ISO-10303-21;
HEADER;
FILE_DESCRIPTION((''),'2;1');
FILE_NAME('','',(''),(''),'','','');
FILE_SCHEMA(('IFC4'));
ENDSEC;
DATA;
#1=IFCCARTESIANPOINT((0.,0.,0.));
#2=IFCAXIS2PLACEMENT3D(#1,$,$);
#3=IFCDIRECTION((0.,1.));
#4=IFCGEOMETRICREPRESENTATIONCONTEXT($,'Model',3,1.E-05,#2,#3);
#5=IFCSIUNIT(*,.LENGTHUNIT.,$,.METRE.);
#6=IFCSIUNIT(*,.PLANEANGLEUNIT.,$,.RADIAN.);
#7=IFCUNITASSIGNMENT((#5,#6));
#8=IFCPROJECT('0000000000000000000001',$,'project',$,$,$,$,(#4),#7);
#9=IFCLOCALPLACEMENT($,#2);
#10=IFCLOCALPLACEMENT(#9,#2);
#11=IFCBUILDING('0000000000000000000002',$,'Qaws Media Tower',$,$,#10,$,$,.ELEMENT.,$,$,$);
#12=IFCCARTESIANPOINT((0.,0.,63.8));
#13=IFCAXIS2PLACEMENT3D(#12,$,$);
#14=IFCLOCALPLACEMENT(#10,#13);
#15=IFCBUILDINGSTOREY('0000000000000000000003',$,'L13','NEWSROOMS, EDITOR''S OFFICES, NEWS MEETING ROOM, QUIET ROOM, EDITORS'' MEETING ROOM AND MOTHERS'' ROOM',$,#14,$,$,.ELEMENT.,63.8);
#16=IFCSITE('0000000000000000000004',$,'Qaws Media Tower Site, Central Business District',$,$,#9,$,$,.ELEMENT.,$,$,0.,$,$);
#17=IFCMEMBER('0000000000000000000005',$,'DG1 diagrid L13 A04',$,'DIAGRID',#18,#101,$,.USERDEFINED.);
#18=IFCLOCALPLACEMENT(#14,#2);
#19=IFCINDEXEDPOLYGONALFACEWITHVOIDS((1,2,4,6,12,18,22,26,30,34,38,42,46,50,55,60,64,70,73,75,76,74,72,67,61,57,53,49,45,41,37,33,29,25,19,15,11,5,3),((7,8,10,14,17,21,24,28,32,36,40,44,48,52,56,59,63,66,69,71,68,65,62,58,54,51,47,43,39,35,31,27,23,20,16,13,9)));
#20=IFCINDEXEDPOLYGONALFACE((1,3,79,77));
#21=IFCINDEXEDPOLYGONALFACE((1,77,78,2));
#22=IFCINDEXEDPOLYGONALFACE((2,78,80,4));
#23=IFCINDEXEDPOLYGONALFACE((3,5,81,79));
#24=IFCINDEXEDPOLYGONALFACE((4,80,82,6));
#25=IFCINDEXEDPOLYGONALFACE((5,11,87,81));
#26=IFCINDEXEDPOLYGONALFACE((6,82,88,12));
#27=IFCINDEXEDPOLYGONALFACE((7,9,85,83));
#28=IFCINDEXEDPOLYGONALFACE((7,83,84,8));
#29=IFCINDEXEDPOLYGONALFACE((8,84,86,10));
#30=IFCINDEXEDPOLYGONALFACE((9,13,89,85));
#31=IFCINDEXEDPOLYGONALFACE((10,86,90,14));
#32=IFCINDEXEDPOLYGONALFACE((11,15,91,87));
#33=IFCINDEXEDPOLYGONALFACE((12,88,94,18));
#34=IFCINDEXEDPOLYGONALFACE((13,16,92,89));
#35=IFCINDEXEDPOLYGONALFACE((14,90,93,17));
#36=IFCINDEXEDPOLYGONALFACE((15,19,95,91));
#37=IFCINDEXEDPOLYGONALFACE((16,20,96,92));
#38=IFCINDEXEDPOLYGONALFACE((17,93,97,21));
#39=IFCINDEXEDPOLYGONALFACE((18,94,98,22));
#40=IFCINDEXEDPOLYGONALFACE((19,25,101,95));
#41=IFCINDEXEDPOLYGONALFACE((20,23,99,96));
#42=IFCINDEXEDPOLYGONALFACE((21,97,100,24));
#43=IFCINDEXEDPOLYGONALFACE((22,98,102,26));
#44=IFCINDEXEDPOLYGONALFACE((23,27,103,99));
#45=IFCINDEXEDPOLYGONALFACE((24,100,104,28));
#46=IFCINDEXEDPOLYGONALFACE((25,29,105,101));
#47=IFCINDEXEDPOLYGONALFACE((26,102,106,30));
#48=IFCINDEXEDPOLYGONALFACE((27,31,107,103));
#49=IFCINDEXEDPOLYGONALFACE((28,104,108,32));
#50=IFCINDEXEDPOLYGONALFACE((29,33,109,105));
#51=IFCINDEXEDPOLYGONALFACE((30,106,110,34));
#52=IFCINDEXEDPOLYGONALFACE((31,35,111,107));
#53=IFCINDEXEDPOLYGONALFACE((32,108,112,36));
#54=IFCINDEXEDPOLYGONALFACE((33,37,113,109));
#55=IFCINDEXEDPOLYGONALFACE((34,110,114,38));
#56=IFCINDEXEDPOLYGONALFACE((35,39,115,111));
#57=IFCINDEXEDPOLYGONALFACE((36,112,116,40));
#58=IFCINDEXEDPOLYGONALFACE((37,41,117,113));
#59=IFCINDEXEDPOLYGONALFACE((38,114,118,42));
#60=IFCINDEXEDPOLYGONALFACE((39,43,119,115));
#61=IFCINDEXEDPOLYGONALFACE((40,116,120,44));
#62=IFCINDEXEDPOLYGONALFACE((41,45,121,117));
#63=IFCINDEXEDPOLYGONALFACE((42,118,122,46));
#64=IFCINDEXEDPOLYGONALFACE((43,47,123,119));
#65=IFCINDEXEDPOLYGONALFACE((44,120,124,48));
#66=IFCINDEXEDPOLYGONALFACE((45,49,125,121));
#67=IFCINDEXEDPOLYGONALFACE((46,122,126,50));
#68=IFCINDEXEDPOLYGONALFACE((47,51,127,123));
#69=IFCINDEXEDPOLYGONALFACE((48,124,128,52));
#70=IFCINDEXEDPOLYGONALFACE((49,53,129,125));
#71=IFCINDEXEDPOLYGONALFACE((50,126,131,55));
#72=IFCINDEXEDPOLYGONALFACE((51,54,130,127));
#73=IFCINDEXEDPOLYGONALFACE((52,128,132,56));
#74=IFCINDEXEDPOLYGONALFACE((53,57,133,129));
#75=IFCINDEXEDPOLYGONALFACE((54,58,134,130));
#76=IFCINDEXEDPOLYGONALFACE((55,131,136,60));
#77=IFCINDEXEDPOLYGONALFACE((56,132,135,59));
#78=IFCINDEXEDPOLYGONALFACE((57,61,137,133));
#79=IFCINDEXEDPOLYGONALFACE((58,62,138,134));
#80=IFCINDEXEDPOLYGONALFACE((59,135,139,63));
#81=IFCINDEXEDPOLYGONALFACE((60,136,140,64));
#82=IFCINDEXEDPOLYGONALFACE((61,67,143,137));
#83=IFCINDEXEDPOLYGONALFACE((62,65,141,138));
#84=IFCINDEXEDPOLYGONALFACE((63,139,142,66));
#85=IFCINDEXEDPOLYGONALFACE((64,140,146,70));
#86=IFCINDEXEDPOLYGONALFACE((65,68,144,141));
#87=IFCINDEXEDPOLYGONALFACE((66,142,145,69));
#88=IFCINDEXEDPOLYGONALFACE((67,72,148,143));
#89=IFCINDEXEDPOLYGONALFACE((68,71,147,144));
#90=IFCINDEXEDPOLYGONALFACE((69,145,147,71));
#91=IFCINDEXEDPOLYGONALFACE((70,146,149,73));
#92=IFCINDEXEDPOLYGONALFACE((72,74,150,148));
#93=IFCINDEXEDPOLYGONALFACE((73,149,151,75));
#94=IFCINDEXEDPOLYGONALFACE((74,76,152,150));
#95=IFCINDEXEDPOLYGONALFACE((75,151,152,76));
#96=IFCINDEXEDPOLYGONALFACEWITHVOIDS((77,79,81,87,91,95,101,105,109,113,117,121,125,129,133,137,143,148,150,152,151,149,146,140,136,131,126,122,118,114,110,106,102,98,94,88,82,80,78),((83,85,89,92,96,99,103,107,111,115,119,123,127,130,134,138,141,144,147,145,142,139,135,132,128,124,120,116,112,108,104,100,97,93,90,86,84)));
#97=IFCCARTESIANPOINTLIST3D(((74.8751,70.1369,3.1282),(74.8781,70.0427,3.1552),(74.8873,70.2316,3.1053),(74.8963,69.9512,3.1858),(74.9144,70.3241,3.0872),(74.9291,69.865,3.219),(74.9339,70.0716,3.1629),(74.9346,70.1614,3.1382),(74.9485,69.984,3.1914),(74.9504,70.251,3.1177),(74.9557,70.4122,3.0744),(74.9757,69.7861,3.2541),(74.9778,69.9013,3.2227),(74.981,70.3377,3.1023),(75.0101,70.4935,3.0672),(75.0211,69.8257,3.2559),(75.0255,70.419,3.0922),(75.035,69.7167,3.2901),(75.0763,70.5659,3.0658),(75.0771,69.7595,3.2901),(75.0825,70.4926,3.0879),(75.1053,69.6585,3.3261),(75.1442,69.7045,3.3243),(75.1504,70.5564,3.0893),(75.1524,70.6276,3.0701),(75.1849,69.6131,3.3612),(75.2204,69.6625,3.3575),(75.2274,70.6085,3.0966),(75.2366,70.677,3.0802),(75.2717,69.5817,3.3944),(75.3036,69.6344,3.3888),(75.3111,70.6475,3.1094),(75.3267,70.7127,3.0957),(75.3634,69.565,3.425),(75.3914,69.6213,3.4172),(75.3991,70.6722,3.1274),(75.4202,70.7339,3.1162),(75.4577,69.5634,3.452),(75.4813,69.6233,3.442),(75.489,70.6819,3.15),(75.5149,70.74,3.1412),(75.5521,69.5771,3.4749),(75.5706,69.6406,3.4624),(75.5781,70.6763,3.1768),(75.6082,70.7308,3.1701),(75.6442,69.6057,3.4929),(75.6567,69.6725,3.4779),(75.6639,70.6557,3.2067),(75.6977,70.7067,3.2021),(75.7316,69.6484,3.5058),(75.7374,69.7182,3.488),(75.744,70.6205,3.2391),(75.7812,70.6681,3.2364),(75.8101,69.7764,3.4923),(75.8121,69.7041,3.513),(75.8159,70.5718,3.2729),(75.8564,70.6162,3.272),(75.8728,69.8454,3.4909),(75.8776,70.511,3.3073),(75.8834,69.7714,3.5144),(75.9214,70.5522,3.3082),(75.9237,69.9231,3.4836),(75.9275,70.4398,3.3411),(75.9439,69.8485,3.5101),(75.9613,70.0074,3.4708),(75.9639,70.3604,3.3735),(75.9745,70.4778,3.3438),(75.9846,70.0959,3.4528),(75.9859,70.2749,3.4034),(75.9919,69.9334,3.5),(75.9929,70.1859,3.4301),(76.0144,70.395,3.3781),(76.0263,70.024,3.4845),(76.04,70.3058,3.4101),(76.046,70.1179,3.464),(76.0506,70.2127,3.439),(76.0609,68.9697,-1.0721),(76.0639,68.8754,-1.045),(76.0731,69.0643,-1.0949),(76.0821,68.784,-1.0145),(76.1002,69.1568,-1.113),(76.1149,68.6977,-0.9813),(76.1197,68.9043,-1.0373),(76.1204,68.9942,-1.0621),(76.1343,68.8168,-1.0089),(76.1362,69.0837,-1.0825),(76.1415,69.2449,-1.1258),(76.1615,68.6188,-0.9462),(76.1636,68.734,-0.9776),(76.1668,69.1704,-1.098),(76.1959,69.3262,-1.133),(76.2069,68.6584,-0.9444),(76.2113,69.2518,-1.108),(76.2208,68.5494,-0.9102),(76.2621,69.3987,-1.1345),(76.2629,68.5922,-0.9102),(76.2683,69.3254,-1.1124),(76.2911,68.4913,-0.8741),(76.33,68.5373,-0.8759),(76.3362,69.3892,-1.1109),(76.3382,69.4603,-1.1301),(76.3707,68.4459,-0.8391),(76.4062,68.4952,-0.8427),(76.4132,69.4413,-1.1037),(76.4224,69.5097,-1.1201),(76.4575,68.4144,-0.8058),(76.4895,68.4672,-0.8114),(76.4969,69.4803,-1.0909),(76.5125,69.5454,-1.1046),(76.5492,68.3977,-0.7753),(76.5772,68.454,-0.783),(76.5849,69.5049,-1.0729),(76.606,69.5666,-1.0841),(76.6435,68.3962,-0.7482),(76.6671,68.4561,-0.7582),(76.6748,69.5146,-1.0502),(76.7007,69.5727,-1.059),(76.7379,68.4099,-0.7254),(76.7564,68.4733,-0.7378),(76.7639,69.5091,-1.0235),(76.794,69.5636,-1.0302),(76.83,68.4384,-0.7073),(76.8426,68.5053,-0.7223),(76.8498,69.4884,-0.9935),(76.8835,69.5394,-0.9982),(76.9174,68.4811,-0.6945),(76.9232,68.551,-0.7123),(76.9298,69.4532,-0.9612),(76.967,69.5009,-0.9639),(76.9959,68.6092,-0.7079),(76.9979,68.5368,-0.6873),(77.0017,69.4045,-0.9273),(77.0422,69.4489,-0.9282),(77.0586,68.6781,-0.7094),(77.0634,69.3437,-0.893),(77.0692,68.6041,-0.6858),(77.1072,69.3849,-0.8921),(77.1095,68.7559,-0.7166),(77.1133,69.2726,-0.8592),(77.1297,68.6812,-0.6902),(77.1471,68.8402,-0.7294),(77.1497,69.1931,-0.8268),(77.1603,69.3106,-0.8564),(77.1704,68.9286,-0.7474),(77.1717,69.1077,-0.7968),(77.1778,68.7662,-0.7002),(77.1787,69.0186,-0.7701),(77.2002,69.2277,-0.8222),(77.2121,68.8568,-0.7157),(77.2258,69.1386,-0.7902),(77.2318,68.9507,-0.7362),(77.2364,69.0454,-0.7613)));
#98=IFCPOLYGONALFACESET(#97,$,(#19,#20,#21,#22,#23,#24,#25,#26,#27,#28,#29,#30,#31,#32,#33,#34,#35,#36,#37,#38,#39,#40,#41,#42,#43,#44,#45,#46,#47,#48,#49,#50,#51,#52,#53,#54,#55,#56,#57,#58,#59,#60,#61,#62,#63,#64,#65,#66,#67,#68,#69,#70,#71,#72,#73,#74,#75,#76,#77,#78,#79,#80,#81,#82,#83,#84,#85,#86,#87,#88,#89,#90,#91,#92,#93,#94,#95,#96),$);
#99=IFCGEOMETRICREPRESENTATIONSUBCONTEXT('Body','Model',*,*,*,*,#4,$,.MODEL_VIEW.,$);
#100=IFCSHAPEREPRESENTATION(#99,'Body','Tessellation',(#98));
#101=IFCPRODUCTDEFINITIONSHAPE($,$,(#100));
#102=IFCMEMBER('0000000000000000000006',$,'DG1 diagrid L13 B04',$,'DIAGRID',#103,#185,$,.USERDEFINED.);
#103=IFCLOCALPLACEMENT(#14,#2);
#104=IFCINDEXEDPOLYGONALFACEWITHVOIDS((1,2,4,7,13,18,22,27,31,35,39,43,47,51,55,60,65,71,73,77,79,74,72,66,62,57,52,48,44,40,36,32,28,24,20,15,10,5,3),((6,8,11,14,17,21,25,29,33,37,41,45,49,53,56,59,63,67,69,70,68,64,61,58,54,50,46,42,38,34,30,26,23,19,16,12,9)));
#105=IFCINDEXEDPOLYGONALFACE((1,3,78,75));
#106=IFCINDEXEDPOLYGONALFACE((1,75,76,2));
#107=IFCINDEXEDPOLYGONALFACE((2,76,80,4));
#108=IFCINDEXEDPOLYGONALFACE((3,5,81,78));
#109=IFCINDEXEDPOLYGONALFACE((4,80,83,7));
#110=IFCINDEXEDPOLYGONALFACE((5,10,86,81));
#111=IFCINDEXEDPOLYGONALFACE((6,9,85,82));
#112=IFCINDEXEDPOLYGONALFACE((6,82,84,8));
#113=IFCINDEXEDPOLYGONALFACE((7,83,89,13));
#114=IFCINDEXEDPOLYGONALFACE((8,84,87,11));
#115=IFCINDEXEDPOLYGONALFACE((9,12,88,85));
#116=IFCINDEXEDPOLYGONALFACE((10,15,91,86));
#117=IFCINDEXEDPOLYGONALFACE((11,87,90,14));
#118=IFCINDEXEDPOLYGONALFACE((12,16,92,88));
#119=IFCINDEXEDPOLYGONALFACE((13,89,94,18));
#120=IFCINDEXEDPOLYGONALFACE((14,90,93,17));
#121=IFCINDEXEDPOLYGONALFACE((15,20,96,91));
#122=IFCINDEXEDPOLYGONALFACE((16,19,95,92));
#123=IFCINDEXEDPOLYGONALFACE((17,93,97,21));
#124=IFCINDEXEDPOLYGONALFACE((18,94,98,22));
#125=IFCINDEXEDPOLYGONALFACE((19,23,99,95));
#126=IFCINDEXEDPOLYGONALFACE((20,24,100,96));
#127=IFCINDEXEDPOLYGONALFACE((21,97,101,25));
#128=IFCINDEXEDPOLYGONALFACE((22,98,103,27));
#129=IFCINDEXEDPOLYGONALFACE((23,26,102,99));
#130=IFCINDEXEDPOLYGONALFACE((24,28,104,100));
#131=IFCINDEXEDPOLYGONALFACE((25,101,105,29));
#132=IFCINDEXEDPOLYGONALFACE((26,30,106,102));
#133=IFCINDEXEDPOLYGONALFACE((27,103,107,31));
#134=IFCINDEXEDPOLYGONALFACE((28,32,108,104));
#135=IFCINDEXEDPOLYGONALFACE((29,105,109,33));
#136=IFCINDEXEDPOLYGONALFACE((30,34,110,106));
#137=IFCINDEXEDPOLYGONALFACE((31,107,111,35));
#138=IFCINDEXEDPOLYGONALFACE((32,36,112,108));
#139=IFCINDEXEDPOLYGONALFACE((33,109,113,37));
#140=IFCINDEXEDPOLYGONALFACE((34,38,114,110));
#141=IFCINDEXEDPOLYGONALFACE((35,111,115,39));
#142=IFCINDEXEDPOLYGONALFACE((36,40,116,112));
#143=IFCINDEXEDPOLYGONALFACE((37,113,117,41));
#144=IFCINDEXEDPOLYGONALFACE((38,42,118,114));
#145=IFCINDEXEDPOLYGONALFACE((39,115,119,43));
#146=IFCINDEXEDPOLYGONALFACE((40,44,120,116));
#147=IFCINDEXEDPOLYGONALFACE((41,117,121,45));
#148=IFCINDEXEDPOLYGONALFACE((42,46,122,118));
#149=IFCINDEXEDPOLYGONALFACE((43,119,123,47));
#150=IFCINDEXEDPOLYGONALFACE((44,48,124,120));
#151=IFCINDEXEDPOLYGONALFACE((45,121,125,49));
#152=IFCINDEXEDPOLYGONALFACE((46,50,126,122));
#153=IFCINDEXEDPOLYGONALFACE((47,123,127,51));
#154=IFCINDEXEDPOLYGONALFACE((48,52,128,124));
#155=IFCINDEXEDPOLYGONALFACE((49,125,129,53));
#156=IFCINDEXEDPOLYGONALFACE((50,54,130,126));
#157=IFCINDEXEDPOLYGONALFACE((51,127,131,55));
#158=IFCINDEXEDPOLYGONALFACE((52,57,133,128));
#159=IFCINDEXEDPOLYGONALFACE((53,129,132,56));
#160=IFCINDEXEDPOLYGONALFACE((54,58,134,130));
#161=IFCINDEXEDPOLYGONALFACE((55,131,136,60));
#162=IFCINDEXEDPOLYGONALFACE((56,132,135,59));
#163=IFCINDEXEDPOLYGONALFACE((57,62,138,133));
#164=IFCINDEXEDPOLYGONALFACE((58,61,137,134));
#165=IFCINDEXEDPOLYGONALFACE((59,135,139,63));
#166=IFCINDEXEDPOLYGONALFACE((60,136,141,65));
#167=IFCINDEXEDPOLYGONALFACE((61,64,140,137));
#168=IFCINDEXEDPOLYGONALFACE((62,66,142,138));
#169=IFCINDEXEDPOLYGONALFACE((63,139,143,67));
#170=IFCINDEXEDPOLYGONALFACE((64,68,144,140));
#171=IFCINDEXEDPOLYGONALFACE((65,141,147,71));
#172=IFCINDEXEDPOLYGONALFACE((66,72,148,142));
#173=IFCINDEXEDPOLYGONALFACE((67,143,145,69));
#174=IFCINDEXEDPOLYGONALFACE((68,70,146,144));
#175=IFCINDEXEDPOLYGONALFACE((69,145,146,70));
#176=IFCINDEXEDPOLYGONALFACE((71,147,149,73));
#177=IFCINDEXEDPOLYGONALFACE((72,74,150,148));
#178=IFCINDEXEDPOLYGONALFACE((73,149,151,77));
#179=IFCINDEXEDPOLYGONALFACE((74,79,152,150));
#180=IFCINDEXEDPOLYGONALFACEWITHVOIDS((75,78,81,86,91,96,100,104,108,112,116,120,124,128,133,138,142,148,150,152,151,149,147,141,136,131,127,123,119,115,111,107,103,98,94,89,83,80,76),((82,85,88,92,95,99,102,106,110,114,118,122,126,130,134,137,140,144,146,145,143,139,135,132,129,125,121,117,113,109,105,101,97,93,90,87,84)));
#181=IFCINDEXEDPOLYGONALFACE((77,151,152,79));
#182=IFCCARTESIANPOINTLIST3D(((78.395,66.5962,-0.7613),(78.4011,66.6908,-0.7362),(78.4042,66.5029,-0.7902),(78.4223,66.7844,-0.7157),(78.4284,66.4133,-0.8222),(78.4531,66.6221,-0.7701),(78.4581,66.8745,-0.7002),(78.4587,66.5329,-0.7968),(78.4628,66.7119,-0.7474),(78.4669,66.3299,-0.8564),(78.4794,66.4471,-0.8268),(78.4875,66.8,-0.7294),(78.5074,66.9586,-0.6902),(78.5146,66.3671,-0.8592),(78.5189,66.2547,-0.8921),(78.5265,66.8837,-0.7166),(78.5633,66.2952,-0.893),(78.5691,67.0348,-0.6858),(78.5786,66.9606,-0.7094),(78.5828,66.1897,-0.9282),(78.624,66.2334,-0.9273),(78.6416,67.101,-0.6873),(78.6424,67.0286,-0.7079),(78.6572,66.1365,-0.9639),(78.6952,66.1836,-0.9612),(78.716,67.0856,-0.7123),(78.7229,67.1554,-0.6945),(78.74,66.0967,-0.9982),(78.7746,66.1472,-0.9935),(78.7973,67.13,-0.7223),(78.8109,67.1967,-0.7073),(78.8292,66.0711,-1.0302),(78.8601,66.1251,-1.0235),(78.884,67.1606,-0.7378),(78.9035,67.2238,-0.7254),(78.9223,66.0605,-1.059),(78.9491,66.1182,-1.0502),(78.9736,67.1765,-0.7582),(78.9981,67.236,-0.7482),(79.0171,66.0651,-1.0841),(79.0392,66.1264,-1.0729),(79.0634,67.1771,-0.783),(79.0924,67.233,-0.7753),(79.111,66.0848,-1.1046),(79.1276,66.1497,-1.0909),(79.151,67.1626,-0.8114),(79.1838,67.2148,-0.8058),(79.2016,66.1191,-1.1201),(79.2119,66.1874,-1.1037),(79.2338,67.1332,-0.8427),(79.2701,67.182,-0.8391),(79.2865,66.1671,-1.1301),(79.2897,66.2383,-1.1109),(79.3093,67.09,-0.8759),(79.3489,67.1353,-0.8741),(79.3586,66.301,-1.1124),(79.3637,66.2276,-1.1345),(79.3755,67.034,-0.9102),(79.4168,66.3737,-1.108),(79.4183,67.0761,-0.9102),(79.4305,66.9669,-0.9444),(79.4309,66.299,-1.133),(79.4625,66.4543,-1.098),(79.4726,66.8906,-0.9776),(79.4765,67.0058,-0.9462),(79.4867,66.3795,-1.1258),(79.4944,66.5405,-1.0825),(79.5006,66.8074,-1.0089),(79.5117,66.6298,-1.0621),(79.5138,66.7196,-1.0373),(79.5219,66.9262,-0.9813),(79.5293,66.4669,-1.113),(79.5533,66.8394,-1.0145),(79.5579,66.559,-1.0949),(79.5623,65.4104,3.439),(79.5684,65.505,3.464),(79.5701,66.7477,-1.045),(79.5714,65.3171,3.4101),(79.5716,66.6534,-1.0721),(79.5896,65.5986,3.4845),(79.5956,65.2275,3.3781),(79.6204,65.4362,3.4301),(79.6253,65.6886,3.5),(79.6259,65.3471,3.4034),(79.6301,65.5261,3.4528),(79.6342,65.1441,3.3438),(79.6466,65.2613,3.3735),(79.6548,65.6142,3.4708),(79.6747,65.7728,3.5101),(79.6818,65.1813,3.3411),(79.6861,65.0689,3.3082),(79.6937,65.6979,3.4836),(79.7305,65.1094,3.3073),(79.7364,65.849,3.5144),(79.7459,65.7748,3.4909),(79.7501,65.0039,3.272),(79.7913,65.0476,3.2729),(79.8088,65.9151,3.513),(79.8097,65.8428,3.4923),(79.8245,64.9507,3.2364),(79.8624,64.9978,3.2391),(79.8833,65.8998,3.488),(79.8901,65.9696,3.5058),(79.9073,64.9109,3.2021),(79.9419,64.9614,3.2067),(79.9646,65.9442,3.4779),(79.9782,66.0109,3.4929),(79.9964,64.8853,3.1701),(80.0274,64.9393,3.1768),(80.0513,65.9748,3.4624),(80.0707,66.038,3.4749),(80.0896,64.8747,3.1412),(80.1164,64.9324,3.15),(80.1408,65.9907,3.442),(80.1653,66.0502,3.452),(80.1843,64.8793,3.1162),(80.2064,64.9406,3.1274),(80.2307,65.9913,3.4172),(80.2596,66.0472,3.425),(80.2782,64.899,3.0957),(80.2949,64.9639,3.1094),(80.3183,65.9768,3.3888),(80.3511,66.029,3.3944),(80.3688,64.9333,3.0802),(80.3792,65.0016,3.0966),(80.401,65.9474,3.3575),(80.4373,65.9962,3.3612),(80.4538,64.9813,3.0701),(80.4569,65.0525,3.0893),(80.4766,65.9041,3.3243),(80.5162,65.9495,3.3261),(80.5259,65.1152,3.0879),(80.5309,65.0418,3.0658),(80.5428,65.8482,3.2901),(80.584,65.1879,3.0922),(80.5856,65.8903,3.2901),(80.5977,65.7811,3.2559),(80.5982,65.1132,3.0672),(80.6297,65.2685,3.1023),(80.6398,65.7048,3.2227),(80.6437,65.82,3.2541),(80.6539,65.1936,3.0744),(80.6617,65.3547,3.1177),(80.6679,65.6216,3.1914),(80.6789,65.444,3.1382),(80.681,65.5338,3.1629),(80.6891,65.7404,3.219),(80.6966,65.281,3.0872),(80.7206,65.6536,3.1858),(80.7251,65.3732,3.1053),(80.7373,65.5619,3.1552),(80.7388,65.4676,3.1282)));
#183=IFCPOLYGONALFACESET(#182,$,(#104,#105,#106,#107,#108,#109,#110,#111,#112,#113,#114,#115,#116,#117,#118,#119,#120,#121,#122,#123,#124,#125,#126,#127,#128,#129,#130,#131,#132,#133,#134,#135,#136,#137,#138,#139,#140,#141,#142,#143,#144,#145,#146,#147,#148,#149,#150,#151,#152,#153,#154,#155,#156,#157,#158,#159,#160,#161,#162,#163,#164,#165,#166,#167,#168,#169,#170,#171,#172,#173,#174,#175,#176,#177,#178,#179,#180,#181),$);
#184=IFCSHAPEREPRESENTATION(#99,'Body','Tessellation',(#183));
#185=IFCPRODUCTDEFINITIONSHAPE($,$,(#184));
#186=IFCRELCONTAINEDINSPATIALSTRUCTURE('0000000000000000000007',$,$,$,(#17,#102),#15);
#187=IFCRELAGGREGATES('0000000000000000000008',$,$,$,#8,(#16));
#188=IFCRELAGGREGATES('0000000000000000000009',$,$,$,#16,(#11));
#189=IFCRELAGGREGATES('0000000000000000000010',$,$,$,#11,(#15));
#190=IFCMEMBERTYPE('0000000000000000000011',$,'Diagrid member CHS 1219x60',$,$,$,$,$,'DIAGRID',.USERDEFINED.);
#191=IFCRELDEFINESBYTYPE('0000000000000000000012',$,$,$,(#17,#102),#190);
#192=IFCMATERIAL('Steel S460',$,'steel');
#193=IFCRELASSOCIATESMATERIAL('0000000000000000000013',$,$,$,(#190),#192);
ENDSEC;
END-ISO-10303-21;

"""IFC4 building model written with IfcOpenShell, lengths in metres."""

from ifc_helpers import new_model, si_unit, direction, frame, origin, origin_2d, place, context, subcontext, project, spatial, hollow_circle, extrude, material, material_profile, profile_set, type_object, element, save


model = new_model("IFC4")

# Units and contexts
model_context = context("Model", 3, precision=1e-05, world=origin(), true_north=direction((0.0, 1.0)))
body_context = subcontext(model_context, "Body", "Model", "MODEL_VIEW")
ifc_project = project(units=[si_unit("LENGTHUNIT", "METRE"), si_unit("PLANEANGLEUNIT", "RADIAN")], contexts=[model_context])

# Site, building, storey
site_placement = place(None, origin())
site = spatial("IfcSite", under=ifc_project, at=site_placement, Name="Qaws Media Tower Site, Central Business District", CompositionType="ELEMENT", RefElevation=0.0)
building_placement = place(site_placement, origin())
building = spatial("IfcBuilding", under=site, at=building_placement, Name="Qaws Media Tower", CompositionType="ELEMENT")
storey_placement = place(building_placement, frame((0.0, 0.0, 63.8)))
storey = spatial("IfcBuildingStorey", under=building, at=storey_placement, Name="L13", Description="NEWSROOMS, EDITOR'S OFFICES, NEWS MEETING ROOM, QUIET ROOM, EDITORS' MEETING ROOM AND MOTHERS' ROOM", CompositionType="ELEMENT", Elevation=63.8)

# Members
ifc_material_1 = material(Name="Steel S460", Category="steel")
ifc_material_profile_1 = material_profile(ifc_material_1, hollow_circle(Radius=0.6096, WallThickness=0.0601, at=origin_2d()), Name="CHS 1219x60")
ifc_profile_set_1 = profile_set([ifc_material_profile_1], Name="Steel S460")
member_type_1 = type_object("IfcMemberType", Name="Diagrid member CHS 1219x60", ElementType="DIAGRID", PredefinedType="USERDEFINED", material=ifc_profile_set_1)
for number, where, z_axis, x_axis, name in (
    (1, (76.6484, 68.9839, -0.9102), (-0.262473, 0.258366, 0.929707), (-0.701509, -0.71266, 0.0), "DG1 diagrid L13 A04"),
    (2, (78.9839, 66.6484, -0.9102), (0.258366, -0.262473, 0.929707), (0.71266, 0.701509, 0.0), "DG1 diagrid L13 B04"),
):
    element("IfcMember", number, at=place(storey_placement, frame(where, z_axis=z_axis, x_axis=x_axis)), inside=storey, type_object=member_type_1, Name=name, ObjectType="DIAGRID", PredefinedType="USERDEFINED", context=body_context, shape_type="SweptSolid", body=[
        extrude(hollow_circle(Radius=0.6096, WallThickness=0.0601, at=origin_2d()), origin(), (0.0, 0.0, 1.0), 4.5178),
    ])

save(model, "model.ifc")
